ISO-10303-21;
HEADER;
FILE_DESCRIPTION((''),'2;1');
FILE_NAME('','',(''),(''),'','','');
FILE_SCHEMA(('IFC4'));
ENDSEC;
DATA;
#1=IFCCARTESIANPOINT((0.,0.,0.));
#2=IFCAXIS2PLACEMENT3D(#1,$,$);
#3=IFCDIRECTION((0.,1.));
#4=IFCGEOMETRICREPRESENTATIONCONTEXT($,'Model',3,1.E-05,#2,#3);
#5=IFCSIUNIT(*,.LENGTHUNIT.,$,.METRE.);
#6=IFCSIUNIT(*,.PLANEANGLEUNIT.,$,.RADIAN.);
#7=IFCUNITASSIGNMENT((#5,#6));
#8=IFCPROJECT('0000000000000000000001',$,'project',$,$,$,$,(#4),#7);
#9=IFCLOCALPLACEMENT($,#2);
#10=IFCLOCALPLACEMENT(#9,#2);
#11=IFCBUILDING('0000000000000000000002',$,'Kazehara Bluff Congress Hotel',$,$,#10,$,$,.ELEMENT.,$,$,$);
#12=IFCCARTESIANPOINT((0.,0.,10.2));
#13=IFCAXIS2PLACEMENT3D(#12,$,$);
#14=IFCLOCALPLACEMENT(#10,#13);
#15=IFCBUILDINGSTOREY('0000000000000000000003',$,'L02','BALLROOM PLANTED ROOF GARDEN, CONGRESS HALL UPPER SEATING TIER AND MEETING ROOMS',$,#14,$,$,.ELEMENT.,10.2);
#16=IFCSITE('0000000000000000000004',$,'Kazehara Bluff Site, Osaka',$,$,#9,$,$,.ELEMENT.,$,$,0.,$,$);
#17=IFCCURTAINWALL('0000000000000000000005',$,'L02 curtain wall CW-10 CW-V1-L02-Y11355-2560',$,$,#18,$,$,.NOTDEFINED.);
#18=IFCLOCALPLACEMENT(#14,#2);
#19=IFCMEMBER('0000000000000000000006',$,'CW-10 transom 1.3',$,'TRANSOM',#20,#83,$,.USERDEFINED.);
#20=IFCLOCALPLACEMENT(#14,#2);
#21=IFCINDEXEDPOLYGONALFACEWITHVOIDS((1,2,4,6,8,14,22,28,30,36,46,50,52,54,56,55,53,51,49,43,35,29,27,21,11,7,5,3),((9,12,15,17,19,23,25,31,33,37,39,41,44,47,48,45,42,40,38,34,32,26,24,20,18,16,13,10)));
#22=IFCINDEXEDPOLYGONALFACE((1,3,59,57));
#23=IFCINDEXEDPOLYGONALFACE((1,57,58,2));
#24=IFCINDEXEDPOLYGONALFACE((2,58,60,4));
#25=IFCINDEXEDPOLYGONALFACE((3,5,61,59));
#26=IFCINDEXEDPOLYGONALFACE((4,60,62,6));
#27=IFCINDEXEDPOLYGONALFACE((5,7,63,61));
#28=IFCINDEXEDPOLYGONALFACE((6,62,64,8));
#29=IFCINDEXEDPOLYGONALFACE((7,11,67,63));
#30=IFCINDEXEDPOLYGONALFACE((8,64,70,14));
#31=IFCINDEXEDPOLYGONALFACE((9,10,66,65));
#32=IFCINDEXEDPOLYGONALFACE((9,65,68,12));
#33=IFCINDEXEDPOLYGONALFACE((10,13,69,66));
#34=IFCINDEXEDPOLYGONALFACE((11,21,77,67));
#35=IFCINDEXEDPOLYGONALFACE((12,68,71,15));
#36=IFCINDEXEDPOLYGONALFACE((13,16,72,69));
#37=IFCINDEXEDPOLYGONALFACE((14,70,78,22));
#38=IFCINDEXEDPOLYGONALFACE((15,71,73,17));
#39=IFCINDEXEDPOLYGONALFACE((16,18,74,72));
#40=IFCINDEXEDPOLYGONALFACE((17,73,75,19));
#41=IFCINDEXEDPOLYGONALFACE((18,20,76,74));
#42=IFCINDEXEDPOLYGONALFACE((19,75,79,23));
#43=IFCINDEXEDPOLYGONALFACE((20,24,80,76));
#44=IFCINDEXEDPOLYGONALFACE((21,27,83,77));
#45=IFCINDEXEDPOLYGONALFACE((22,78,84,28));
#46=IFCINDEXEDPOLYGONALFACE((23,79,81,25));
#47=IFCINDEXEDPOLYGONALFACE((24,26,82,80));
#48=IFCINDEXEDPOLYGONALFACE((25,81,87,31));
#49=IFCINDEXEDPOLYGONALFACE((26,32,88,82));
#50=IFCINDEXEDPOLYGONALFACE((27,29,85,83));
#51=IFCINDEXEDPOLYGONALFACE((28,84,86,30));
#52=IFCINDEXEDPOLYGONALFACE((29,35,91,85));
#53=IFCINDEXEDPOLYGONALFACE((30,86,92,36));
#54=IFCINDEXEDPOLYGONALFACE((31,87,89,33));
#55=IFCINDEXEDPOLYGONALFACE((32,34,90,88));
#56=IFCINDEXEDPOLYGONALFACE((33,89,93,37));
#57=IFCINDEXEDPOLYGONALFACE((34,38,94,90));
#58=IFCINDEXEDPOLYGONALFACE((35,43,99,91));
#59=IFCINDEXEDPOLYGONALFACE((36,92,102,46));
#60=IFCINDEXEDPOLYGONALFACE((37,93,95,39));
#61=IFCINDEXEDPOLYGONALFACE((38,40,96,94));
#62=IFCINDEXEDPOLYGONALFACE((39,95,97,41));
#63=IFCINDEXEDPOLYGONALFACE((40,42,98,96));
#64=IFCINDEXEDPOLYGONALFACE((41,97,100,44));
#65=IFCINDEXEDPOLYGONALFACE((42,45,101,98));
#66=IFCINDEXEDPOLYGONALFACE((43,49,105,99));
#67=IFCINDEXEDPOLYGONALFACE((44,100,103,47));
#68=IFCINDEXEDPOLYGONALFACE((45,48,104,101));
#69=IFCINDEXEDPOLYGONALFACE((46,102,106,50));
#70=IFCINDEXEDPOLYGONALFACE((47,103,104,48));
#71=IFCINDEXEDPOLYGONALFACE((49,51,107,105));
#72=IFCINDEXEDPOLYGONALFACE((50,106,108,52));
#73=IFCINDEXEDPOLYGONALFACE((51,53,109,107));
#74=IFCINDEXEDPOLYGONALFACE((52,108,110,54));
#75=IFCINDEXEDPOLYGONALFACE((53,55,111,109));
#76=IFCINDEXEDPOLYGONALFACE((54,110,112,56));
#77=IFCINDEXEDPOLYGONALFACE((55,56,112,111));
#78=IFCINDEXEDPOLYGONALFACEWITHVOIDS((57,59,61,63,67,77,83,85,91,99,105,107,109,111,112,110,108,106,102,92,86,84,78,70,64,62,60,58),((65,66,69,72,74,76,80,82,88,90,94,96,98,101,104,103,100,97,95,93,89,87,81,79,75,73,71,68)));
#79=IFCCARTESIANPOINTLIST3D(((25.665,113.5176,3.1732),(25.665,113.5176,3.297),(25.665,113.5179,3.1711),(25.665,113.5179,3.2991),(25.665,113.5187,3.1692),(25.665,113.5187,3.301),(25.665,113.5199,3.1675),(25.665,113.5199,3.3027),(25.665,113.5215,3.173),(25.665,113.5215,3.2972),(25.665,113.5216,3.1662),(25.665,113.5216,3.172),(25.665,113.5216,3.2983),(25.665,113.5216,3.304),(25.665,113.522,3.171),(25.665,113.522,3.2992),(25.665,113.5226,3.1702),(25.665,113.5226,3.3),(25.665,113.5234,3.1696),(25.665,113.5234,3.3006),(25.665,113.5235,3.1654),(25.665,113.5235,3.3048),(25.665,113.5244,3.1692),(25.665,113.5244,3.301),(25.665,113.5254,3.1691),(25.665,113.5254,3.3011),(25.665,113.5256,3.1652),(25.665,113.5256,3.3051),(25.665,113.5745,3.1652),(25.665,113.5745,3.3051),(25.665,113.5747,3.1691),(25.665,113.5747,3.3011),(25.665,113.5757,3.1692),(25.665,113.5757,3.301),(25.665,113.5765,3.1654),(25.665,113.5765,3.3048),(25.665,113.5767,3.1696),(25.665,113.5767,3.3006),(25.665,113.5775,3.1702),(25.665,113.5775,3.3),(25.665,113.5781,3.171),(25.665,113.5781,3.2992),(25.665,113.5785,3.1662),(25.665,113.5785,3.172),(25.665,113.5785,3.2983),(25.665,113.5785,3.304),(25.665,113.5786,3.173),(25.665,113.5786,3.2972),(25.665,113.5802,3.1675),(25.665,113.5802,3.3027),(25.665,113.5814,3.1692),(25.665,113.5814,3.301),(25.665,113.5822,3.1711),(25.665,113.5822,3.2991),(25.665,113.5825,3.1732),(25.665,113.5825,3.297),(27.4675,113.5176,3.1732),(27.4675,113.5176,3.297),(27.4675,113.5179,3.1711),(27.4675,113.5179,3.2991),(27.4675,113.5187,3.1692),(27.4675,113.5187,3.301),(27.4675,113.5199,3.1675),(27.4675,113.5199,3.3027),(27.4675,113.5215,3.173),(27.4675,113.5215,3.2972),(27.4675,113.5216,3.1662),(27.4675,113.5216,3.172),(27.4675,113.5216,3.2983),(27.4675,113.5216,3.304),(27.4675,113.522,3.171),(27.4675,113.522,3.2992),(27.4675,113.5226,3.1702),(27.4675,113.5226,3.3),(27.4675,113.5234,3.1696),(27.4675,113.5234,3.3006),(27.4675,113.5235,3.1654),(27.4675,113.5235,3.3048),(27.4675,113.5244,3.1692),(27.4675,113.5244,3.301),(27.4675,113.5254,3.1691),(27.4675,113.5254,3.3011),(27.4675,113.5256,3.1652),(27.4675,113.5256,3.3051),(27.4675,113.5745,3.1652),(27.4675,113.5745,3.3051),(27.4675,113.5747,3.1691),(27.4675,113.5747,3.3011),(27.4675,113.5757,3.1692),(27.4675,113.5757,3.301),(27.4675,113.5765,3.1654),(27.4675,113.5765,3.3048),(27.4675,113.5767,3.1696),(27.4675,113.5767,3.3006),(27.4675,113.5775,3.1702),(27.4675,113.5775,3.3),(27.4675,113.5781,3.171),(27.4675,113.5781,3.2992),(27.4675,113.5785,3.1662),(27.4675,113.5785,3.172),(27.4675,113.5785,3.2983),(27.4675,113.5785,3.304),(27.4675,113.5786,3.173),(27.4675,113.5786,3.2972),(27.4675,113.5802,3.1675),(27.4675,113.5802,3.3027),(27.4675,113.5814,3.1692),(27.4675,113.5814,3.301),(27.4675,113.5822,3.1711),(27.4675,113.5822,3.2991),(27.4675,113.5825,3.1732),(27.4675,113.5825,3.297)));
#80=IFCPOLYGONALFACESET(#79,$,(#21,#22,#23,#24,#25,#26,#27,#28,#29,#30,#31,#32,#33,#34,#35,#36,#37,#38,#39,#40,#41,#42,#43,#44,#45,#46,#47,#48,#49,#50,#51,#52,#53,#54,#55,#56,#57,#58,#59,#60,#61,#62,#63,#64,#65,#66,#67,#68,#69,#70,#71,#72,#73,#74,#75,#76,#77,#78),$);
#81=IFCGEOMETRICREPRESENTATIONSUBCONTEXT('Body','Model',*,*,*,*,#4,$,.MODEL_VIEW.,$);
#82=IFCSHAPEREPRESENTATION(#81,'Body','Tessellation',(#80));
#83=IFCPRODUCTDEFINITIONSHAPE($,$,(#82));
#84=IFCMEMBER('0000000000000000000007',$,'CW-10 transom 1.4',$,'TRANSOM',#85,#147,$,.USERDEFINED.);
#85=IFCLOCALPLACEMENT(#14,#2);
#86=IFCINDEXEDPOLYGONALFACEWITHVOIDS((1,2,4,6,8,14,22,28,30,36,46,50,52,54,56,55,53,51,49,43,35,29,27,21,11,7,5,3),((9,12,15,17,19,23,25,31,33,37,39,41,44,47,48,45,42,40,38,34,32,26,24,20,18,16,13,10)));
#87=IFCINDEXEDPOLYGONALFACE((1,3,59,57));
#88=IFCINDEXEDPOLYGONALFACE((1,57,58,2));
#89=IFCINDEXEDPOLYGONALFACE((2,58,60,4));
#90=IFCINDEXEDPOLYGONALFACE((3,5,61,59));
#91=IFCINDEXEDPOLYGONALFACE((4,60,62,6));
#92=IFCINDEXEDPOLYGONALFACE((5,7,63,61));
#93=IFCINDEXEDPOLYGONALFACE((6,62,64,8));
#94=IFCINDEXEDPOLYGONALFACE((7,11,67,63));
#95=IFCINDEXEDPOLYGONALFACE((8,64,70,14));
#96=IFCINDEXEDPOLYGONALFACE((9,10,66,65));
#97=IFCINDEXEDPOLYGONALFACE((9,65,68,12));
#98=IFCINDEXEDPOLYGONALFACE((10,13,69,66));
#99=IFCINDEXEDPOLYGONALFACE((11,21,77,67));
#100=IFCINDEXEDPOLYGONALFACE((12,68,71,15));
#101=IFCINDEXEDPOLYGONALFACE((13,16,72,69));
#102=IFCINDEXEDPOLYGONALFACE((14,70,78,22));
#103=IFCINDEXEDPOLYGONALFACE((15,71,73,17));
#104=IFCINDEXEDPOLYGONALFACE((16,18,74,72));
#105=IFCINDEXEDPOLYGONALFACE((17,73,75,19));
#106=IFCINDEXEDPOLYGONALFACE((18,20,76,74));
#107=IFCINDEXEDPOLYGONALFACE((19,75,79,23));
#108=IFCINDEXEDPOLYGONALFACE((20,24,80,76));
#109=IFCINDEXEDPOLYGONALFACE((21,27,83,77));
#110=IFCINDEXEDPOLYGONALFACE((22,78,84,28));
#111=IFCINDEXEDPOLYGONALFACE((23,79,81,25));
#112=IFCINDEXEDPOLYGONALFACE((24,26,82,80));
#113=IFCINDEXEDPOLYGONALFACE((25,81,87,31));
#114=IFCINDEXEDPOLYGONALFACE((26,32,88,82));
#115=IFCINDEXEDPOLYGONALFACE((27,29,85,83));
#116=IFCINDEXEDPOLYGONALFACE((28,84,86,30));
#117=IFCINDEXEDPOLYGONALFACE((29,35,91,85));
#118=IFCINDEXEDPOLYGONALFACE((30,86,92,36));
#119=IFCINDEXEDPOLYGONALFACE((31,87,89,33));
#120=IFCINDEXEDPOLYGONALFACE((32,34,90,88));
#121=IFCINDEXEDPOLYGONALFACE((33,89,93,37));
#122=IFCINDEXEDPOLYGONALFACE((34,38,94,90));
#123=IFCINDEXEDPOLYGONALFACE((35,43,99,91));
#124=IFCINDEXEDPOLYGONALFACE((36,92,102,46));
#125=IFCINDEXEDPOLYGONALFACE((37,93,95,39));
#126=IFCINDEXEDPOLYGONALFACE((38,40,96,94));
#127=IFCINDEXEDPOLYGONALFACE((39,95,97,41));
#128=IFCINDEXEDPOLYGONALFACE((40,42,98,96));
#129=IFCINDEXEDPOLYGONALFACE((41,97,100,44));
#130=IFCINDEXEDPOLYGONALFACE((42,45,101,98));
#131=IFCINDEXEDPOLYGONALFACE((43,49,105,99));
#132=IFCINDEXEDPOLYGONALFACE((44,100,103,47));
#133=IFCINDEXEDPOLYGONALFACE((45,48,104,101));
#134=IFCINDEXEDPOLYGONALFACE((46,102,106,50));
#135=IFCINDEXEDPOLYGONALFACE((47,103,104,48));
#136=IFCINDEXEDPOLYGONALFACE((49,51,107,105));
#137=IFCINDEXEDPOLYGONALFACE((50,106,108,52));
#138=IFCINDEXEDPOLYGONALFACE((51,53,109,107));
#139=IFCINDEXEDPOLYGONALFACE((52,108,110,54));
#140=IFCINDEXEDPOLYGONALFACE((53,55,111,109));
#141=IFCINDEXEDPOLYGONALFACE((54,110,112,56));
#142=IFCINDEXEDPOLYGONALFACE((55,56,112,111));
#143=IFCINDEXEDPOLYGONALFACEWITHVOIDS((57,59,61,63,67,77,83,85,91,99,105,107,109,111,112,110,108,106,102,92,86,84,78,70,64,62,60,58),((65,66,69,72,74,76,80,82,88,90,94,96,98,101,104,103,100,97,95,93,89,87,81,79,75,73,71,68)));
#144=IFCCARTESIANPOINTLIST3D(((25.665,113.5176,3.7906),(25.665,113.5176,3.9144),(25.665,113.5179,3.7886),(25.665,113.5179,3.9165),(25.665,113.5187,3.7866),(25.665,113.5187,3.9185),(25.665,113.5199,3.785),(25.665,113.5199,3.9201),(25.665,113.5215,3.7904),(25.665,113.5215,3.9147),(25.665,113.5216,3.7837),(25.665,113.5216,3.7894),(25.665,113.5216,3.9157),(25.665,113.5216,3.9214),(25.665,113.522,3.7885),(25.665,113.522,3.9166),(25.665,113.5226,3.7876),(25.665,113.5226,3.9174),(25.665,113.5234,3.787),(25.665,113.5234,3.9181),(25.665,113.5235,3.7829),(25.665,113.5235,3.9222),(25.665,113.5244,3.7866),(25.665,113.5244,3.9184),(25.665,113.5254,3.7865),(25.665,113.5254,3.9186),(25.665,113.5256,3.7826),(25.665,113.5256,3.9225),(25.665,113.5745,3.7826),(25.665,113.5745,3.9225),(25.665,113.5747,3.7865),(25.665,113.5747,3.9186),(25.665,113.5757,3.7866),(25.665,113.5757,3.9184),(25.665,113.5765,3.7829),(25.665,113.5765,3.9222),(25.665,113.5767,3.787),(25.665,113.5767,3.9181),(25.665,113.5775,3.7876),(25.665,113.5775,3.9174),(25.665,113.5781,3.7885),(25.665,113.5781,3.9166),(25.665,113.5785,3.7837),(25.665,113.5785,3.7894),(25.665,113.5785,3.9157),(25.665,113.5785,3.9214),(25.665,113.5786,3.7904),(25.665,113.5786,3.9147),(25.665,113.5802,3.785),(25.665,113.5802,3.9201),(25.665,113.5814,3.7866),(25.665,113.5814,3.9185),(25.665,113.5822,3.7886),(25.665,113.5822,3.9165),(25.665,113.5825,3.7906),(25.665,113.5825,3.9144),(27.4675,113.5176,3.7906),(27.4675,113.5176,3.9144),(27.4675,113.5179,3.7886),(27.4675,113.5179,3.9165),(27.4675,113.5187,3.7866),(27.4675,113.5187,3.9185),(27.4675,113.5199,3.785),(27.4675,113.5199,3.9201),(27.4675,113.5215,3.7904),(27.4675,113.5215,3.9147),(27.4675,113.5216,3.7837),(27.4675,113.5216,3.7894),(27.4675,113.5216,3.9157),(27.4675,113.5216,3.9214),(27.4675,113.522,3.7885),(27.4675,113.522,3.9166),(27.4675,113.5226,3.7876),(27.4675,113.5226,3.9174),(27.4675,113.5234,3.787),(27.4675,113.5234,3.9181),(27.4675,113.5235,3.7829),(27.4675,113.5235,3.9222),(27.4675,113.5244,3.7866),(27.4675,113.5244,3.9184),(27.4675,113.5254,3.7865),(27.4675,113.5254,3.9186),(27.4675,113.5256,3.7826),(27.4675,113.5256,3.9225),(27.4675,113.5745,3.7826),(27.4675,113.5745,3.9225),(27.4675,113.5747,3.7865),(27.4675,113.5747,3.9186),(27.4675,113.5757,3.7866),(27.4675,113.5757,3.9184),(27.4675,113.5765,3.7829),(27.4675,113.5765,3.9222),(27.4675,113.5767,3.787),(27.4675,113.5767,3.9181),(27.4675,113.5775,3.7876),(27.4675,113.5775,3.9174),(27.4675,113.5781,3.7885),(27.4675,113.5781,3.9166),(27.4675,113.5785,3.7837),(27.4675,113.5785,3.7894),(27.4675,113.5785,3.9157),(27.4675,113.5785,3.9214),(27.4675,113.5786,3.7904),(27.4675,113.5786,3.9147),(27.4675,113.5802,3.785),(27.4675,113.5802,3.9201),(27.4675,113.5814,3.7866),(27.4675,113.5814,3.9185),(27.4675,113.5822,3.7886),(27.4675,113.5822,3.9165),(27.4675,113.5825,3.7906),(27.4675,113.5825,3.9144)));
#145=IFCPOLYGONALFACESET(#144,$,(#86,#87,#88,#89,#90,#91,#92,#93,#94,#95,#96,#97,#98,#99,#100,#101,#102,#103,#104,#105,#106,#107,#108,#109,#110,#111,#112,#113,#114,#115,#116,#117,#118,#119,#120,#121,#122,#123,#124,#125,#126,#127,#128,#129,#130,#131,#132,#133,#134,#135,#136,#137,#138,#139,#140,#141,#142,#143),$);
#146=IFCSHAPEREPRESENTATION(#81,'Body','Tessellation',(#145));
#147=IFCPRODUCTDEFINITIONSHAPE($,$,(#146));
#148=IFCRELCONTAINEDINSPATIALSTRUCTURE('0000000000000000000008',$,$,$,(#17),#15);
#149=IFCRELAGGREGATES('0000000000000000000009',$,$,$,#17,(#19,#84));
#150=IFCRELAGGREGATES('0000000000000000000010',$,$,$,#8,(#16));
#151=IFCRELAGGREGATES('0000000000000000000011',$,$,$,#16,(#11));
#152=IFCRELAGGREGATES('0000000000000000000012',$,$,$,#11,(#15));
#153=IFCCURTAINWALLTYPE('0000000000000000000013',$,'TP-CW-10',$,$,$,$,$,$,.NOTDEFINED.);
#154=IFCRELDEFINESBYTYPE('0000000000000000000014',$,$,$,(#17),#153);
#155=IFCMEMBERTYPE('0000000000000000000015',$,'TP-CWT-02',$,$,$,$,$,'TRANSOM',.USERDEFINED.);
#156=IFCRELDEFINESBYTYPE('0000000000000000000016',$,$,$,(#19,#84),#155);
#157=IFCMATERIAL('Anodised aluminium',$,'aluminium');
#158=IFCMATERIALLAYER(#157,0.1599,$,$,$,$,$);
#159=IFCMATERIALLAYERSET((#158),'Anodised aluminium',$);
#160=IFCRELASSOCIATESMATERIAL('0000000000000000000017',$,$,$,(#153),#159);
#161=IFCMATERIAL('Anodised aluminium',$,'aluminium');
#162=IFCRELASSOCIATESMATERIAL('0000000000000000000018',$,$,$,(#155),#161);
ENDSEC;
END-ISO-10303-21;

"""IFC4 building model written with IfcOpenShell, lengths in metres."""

from ifc_helpers import new_model, si_unit, direction, frame, origin, origin_2d, place, context, subcontext, project, spatial, hollow_rectangle, extrude, material, layer, layer_set, material_profile, profile_set, type_object, element, aggregate, save


model = new_model("IFC4")

# Units and contexts
model_context = context("Model", 3, precision=1e-05, world=origin(), true_north=direction((0.0, 1.0)))
body_context = subcontext(model_context, "Body", "Model", "MODEL_VIEW")
ifc_project = project(units=[si_unit("LENGTHUNIT", "METRE"), si_unit("PLANEANGLEUNIT", "RADIAN")], contexts=[model_context])

# Site, building, storey
site_placement = place(None, origin())
site = spatial("IfcSite", under=ifc_project, at=site_placement, Name="Kazehara Bluff Site, Osaka", CompositionType="ELEMENT", RefElevation=0.0)
building_placement = place(site_placement, origin())
building = spatial("IfcBuilding", under=site, at=building_placement, Name="Kazehara Bluff Congress Hotel", CompositionType="ELEMENT")
storey_placement = place(building_placement, frame((0.0, 0.0, 10.2)))
storey = spatial("IfcBuildingStorey", under=building, at=storey_placement, Name="L02", Description="BALLROOM PLANTED ROOF GARDEN, CONGRESS HALL UPPER SEATING TIER AND MEETING ROOMS", CompositionType="ELEMENT", Elevation=10.2)

# Curtain wall
ifc_material_1 = material(Name="Anodised aluminium", Category="aluminium")
ifc_layer_1 = layer(ifc_material_1, 0.1599)
ifc_layer_set_1 = layer_set([ifc_layer_1], Name="Anodised aluminium")
curtain_wall_type_1 = type_object("IfcCurtainWallType", Name="TP-CW-10", PredefinedType="NOTDEFINED", material=ifc_layer_set_1)
curtain_wall_1_placement = place(storey_placement, origin())
curtain_wall_1 = element("IfcCurtainWall", 1, at=curtain_wall_1_placement, inside=storey, type_object=curtain_wall_type_1, Name="L02 curtain wall CW-10 CW-V1-L02-Y11355-2560", PredefinedType="NOTDEFINED")

# Members
ifc_material_2 = material(Name="Anodised aluminium", Category="aluminium")
ifc_material_profile_1 = material_profile(ifc_material_2, hollow_rectangle(XDim=0.0649, YDim=0.1399, WallThickness=0.0039, InnerFilletRadius=0.0039, OuterFilletRadius=0.0081, at=origin_2d()))
ifc_profile_set_1 = profile_set([ifc_material_profile_1], Name="Anodised aluminium")
member_type_1 = type_object("IfcMemberType", Name="TP-CWT-02", ElementType="TRANSOM", PredefinedType="USERDEFINED", material=ifc_profile_set_1)
member_1_placement = place(storey_placement, frame((25.665, 113.55, 3.2351), z_axis=(1.0, 0.0, 0.0), x_axis=(0.0, 1.0, 0.0)))
member_1 = element("IfcMember", 2, at=member_1_placement, type_object=member_type_1, Name="CW-10 transom 1.3", ObjectType="TRANSOM", PredefinedType="USERDEFINED", context=body_context, shape_type="SweptSolid", body=[
    extrude(hollow_rectangle(XDim=0.0649, YDim=0.1399, WallThickness=0.0039, InnerFilletRadius=0.0039, OuterFilletRadius=0.0081, at=origin_2d()), origin(), (0.0, 0.0, 1.0), 1.8025),
])
member_2_placement = place(storey_placement, frame((25.665, 113.55, 3.8525), z_axis=(1.0, 0.0, 0.0), x_axis=(0.0, 1.0, 0.0)))
member_2 = element("IfcMember", 3, at=member_2_placement, type_object=member_type_1, Name="CW-10 transom 1.4", ObjectType="TRANSOM", PredefinedType="USERDEFINED", context=body_context, shape_type="SweptSolid", body=[
    extrude(hollow_rectangle(XDim=0.0649, YDim=0.1399, WallThickness=0.0039, InnerFilletRadius=0.0039, OuterFilletRadius=0.0081, at=origin_2d()), origin(), (0.0, 0.0, 1.0), 1.8025),
])

aggregate(curtain_wall_1, [member_1, member_2])

save(model, "model.ifc")
